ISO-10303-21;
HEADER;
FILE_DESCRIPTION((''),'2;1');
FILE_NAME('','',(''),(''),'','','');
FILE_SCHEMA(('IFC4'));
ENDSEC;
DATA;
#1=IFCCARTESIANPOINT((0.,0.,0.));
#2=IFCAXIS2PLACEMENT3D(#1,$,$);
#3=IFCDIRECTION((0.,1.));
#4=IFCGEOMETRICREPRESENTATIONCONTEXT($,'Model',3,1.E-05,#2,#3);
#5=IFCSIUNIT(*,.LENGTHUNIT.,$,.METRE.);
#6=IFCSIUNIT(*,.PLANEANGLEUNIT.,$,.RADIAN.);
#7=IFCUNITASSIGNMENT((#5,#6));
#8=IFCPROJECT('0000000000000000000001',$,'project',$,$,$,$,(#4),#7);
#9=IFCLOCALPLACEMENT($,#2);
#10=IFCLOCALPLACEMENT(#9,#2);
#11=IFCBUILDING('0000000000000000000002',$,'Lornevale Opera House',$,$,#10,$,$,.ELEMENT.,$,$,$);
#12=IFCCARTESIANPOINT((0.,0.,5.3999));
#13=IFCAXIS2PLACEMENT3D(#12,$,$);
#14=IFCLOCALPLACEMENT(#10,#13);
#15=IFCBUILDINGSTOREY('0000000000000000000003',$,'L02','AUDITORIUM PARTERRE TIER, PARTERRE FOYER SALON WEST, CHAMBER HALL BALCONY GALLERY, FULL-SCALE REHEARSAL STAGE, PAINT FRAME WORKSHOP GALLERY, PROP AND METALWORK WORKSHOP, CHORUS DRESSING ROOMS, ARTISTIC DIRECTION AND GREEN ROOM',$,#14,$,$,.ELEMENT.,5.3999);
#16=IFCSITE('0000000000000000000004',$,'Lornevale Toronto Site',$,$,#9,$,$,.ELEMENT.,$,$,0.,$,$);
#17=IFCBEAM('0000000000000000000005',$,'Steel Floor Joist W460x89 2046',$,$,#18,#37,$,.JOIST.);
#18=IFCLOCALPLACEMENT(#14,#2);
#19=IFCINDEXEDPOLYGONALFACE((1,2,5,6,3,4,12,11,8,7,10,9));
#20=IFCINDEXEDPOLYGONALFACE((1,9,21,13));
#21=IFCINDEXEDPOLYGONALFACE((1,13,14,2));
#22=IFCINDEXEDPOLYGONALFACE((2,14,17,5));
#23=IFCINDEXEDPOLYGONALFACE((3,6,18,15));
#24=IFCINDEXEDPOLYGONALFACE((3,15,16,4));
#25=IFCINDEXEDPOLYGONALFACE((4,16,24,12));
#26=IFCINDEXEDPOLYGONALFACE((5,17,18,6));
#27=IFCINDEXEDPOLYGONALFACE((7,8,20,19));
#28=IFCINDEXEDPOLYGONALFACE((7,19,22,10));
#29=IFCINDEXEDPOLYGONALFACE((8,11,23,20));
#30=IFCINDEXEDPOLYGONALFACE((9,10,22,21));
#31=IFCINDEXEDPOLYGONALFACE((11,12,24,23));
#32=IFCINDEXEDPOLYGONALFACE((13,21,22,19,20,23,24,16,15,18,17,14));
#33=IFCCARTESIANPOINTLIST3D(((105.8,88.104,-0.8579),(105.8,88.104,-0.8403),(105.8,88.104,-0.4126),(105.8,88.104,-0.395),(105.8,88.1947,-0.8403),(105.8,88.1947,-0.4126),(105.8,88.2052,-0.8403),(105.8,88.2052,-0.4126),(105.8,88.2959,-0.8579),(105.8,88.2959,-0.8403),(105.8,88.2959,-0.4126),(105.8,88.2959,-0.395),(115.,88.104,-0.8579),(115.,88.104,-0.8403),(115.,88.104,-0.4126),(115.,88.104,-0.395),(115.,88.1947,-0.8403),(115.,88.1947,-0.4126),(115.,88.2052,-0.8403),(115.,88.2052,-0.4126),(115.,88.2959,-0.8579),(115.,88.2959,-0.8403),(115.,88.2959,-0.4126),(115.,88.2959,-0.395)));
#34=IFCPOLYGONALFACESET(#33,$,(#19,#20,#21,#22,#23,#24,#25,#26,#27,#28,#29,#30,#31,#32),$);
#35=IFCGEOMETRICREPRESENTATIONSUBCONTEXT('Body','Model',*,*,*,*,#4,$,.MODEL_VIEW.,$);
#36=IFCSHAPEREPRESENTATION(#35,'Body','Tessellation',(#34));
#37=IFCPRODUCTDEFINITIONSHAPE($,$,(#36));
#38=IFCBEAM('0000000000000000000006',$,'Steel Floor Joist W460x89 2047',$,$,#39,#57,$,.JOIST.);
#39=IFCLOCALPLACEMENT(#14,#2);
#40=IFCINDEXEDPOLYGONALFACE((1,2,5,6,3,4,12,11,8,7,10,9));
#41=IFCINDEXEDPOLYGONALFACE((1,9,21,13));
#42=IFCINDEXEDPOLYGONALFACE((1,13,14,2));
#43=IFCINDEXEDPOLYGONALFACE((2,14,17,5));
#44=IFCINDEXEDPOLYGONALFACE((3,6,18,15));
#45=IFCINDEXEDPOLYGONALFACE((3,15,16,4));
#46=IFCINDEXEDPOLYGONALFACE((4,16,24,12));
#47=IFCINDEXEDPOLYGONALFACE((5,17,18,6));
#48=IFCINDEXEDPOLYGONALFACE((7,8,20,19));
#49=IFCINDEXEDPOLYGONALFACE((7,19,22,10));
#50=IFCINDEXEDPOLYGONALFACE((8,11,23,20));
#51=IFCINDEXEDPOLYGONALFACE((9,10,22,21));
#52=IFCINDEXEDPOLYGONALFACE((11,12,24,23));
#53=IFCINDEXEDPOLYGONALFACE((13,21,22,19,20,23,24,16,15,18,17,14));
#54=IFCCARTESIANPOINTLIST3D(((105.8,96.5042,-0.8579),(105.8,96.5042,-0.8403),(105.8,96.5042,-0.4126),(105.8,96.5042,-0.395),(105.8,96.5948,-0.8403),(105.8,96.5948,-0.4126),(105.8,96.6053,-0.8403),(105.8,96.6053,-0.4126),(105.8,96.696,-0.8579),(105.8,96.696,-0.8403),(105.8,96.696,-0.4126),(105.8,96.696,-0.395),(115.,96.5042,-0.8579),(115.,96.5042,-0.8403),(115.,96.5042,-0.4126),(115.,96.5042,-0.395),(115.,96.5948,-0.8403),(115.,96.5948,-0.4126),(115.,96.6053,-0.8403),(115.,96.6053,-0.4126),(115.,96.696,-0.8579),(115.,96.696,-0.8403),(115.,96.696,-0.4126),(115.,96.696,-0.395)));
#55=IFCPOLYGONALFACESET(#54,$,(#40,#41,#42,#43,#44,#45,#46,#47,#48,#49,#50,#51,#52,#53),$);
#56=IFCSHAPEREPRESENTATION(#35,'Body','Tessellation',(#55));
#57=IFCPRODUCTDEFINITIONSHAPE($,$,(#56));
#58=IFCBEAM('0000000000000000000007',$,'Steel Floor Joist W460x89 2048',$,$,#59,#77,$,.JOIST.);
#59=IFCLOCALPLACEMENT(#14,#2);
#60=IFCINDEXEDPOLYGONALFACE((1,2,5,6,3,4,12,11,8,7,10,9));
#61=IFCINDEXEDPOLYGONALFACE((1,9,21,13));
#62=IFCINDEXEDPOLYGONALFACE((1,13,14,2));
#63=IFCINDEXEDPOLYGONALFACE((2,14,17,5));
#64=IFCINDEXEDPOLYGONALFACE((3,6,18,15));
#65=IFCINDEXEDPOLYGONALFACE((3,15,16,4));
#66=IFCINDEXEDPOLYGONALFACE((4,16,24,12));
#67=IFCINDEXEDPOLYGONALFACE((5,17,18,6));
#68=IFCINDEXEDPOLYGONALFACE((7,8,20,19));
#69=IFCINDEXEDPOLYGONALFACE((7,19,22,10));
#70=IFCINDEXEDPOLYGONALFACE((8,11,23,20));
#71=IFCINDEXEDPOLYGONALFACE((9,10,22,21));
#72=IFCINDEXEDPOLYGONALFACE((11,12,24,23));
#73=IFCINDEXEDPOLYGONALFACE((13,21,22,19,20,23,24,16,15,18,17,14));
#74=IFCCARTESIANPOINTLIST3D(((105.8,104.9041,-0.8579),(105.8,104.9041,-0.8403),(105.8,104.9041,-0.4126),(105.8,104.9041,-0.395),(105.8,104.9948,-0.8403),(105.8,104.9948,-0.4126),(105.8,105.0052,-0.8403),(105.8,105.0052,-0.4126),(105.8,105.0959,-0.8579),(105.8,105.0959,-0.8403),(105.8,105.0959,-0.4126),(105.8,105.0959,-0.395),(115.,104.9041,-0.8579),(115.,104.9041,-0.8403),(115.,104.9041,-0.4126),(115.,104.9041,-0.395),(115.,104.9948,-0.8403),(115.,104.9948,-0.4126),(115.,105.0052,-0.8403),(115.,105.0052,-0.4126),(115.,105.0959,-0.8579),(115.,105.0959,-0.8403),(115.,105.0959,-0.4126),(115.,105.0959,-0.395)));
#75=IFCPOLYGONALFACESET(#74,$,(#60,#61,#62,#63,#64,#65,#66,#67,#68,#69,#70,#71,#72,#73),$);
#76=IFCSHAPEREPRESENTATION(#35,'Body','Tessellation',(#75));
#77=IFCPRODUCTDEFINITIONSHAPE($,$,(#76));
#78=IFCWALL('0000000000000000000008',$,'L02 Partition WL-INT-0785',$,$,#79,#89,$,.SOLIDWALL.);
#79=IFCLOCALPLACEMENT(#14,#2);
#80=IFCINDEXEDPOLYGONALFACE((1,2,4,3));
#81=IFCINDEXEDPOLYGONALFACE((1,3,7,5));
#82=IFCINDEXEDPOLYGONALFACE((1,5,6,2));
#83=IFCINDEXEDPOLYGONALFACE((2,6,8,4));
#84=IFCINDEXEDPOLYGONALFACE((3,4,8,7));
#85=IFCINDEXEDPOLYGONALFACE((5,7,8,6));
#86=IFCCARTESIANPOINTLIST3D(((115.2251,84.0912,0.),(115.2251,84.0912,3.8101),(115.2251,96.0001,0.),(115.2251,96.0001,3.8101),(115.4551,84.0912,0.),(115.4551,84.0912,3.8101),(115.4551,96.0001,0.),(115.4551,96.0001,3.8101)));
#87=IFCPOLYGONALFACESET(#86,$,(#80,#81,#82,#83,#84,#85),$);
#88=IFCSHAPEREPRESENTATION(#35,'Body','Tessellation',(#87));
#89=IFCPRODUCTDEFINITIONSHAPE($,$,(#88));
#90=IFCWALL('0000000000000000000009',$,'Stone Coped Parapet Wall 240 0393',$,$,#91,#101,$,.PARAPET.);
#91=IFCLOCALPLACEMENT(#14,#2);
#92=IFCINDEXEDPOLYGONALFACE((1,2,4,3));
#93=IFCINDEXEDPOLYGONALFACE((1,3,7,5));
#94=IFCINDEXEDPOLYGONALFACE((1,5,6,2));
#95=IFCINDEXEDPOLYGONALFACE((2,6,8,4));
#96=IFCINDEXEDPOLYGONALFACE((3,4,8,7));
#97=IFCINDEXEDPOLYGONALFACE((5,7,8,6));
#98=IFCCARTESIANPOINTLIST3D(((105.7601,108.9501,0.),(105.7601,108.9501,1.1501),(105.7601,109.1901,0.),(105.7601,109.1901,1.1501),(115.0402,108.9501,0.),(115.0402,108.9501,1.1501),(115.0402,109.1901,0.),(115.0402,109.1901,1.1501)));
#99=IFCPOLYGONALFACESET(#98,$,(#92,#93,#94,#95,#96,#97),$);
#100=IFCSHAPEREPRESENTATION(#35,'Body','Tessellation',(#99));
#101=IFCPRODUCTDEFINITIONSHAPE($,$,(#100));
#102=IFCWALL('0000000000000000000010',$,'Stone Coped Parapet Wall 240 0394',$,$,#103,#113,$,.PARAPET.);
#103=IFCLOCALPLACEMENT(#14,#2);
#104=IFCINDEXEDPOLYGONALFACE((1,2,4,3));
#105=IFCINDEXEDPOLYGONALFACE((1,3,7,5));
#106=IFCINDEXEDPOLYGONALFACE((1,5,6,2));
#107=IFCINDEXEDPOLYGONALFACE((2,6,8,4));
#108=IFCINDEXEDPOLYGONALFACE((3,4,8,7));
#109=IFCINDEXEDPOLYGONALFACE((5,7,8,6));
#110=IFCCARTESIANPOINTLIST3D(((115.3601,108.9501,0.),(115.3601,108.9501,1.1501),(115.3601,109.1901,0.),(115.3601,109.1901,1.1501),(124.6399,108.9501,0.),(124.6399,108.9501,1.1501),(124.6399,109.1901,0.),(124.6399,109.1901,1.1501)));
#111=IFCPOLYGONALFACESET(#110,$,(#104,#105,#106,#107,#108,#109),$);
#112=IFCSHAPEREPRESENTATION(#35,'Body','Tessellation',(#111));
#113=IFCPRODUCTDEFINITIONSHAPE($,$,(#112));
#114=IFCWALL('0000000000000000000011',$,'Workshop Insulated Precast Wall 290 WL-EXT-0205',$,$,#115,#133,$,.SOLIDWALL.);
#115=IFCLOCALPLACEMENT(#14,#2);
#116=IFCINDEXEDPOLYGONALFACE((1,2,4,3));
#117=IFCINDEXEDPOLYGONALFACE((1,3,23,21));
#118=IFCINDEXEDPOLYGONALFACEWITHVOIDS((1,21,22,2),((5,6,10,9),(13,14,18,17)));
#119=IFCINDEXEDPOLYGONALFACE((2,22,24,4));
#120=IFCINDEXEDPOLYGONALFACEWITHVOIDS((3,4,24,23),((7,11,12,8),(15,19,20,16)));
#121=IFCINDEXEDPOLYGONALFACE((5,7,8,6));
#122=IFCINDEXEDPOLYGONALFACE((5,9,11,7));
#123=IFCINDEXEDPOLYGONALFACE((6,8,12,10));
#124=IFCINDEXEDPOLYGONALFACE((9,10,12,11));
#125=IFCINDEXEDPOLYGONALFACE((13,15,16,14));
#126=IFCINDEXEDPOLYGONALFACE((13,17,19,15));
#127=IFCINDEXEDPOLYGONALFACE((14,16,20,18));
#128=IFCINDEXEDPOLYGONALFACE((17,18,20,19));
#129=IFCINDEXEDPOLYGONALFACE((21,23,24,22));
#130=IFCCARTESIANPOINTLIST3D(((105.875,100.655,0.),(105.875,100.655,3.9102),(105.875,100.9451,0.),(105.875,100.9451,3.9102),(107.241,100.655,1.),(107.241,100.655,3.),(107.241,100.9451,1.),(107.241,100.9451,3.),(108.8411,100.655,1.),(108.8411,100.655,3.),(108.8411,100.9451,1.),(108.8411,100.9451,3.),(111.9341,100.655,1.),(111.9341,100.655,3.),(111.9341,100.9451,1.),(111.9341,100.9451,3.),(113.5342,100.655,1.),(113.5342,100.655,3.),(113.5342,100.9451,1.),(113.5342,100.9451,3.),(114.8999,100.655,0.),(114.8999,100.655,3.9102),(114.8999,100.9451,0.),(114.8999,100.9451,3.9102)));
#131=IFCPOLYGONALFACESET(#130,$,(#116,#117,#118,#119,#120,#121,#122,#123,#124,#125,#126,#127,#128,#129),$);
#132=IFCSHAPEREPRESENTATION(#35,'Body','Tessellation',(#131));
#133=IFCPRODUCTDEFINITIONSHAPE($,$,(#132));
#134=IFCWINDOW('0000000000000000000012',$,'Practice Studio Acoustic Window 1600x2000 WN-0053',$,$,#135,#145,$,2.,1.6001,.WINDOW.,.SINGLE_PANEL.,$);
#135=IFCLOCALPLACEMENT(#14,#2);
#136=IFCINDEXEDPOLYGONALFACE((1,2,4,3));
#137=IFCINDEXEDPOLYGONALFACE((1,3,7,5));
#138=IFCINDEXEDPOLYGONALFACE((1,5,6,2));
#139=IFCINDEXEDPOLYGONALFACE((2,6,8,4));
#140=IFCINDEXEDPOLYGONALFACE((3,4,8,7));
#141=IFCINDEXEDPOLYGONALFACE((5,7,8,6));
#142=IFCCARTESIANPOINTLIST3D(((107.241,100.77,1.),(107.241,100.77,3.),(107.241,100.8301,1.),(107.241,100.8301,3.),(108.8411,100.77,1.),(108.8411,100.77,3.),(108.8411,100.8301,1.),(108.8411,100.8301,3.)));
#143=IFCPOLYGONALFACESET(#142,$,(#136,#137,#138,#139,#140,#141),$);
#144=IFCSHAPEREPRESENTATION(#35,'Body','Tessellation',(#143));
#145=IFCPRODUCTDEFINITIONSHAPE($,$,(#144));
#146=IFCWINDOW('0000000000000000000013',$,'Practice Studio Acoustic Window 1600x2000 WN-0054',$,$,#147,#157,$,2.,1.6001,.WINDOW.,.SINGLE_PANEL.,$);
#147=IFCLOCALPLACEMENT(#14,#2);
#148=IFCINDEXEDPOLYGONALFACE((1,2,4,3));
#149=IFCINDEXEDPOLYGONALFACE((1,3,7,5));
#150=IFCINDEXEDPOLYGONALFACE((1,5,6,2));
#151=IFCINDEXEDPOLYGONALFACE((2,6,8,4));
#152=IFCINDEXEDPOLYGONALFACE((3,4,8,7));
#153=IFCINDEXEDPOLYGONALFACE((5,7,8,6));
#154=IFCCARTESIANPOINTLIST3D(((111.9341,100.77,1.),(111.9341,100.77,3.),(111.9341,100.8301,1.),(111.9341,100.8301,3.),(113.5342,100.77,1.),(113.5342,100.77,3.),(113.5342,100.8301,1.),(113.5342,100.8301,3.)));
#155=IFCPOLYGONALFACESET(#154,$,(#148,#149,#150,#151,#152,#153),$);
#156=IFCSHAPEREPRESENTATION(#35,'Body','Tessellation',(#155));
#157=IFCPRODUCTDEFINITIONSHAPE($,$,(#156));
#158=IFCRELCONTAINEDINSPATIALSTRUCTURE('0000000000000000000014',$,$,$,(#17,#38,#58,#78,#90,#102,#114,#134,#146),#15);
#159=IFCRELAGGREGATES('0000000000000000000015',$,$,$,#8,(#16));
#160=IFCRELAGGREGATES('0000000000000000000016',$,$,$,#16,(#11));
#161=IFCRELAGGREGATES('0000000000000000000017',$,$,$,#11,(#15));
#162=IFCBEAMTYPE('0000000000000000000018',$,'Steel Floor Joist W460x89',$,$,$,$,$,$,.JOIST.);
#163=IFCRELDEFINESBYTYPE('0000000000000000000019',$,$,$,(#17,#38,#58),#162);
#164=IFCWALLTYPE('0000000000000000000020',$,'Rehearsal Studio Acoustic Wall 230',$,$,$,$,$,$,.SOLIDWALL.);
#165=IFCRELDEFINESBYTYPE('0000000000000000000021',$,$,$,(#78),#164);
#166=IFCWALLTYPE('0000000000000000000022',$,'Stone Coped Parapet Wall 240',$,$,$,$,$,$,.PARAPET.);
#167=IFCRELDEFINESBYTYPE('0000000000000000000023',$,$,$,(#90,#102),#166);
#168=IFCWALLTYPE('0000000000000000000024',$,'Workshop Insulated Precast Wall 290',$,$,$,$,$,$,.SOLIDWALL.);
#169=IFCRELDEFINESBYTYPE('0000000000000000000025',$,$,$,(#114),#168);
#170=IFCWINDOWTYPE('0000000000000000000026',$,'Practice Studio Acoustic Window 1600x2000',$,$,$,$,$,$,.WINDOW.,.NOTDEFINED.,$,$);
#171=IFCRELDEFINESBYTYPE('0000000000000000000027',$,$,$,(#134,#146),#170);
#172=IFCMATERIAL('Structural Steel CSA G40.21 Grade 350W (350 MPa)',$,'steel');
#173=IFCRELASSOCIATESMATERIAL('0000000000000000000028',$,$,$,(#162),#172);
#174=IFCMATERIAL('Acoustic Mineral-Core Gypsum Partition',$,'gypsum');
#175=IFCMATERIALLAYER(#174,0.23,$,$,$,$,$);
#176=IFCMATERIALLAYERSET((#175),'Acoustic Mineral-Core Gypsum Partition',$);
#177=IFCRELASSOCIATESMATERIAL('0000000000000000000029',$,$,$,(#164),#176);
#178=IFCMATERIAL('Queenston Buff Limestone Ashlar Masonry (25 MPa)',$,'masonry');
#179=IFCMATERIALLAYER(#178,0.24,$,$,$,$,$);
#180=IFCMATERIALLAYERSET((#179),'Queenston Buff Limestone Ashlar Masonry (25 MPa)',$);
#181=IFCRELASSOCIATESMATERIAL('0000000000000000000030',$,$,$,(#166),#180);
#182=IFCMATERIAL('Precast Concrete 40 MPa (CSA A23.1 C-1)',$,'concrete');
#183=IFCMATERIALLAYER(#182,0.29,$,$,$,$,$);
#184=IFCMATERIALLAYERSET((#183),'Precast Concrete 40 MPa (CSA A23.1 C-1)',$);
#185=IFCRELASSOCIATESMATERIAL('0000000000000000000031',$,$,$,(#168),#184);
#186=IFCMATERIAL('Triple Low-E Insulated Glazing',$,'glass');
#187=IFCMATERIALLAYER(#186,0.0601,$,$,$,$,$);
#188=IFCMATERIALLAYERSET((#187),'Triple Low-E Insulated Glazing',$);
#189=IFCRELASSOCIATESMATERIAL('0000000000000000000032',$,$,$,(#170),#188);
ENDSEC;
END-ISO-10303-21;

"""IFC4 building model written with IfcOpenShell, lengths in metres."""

from ifc_helpers import new_model, si_unit, direction, frame, frame_2d, origin, origin_2d, place, context, subcontext, project, spatial, rectangle, i_section, extrude, material, layer, layer_set, material_profile, profile_set, type_object, element, fill, save


model = new_model("IFC4")

# Units and contexts
model_context = context("Model", 3, precision=1e-05, world=origin(), true_north=direction((0.0, 1.0)))
body_context = subcontext(model_context, "Body", "Model", "MODEL_VIEW")
ifc_project = project(units=[si_unit("LENGTHUNIT", "METRE"), si_unit("PLANEANGLEUNIT", "RADIAN")], contexts=[model_context])

# Site, building, storey
site_placement = place(None, origin())
site = spatial("IfcSite", under=ifc_project, at=site_placement, Name="Lornevale Toronto Site", CompositionType="ELEMENT", RefElevation=0.0)
building_placement = place(site_placement, origin())
building = spatial("IfcBuilding", under=site, at=building_placement, Name="Lornevale Opera House", CompositionType="ELEMENT")
storey_placement = place(building_placement, frame((0.0, 0.0, 5.3999)))
storey = spatial("IfcBuildingStorey", under=building, at=storey_placement, Name="L02", Description="AUDITORIUM PARTERRE TIER, PARTERRE FOYER SALON WEST, CHAMBER HALL BALCONY GALLERY, FULL-SCALE REHEARSAL STAGE, PAINT FRAME WORKSHOP GALLERY, PROP AND METALWORK WORKSHOP, CHORUS DRESSING ROOMS, ARTISTIC DIRECTION AND GREEN ROOM", CompositionType="ELEMENT", Elevation=5.3999)

# Beams
ifc_material_1 = material(Name="Structural Steel CSA G40.21 Grade 350W (350 MPa)", Category="steel")
ifc_material_profile_1 = material_profile(ifc_material_1, i_section(OverallWidth=0.1919, OverallDepth=0.4629, WebThickness=0.0105, FlangeThickness=0.0176, at=origin_2d()), Name="W460x89")
ifc_profile_set_1 = profile_set([ifc_material_profile_1], Name="Structural Steel CSA G40.21 Grade 350W (350 MPa)")
beam_type_1 = type_object("IfcBeamType", Name="Steel Floor Joist W460x89", PredefinedType="JOIST", material=ifc_profile_set_1)
for number, where, z_axis, x_axis, name in (
    (1, (105.8, 88.2, -0.6265), (1.0, 0.0, 0.0), (0.0, 1.0, 0.0), "Steel Floor Joist W460x89 2046"),
    (2, (105.8, 96.6001, -0.6265), (1.0, 0.0, 0.0), (0.0, 1.0, 0.0), "Steel Floor Joist W460x89 2047"),
    (3, (105.8, 105.0, -0.6265), (1.0, 0.0, 0.0), (0.0, 1.0, 0.0), "Steel Floor Joist W460x89 2048"),
):
    element("IfcBeam", number, at=place(storey_placement, frame(where, z_axis=z_axis, x_axis=x_axis)), inside=storey, type_object=beam_type_1, Name=name, PredefinedType="JOIST", context=body_context, shape_type="SweptSolid", body=[
        extrude(i_section(OverallWidth=0.1919, OverallDepth=0.4629, WebThickness=0.0105, FlangeThickness=0.0176, at=origin_2d()), origin(), (0.0, 0.0, 1.0), 9.2),
    ])

# Walls
ifc_material_2 = material(Name="Acoustic Mineral-Core Gypsum Partition", Category="gypsum")
ifc_layer_1 = layer(ifc_material_2, 0.23)
ifc_layer_set_1 = layer_set([ifc_layer_1], Name="Acoustic Mineral-Core Gypsum Partition")
wall_type_1 = type_object("IfcWallType", Name="Rehearsal Studio Acoustic Wall 230", PredefinedType="SOLIDWALL", material=ifc_layer_set_1)
wall_1_placement = place(storey_placement, frame((115.3401, 84.0911, 0.0), z_axis=(0.0, 0.0, 1.0), x_axis=(0.0, 1.0, 0.0)))
element("IfcWall", 4, at=wall_1_placement, inside=storey, type_object=wall_type_1, Name="L02 Partition WL-INT-0785", PredefinedType="SOLIDWALL", context=body_context, shape_type="SweptSolid", body=[
    extrude(rectangle(XDim=11.9089, YDim=0.23, at=frame_2d((5.9546, 0.0))), origin(), (0.0, 0.0, 1.0), 3.8101),
])
ifc_material_3 = material(Name="Queenston Buff Limestone Ashlar Masonry (25 MPa)", Category="masonry")
ifc_layer_2 = layer(ifc_material_3, 0.24)
ifc_layer_set_2 = layer_set([ifc_layer_2], Name="Queenston Buff Limestone Ashlar Masonry (25 MPa)")
wall_type_2 = type_object("IfcWallType", Name="Stone Coped Parapet Wall 240", PredefinedType="PARAPET", material=ifc_layer_set_2)
wall_2_placement = place(storey_placement, frame((105.76, 109.0701, 0.0), z_axis=(0.0, 0.0, 1.0), x_axis=(1.0, 0.0, 0.0)))
element("IfcWall", 5, at=wall_2_placement, inside=storey, type_object=wall_type_2, Name="Stone Coped Parapet Wall 240 0393", PredefinedType="PARAPET", context=body_context, shape_type="SweptSolid", body=[
    extrude(rectangle(XDim=9.28, YDim=0.24, at=frame_2d((4.6401, 0.0))), origin(), (0.0, 0.0, 1.0), 1.1501),
])
wall_3_placement = place(storey_placement, frame((115.3601, 109.0701, 0.0), z_axis=(0.0, 0.0, 1.0), x_axis=(1.0, 0.0, 0.0)))
element("IfcWall", 6, at=wall_3_placement, inside=storey, type_object=wall_type_2, Name="Stone Coped Parapet Wall 240 0394", PredefinedType="PARAPET", context=body_context, shape_type="SweptSolid", body=[
    extrude(rectangle(XDim=9.2798, YDim=0.24, at=frame_2d((4.6399, 0.0))), origin(), (0.0, 0.0, 1.0), 1.1501),
])

# Wall, openings, windows
ifc_material_4 = material(Name="Precast Concrete 40 MPa (CSA A23.1 C-1)", Category="concrete")
ifc_layer_3 = layer(ifc_material_4, 0.29)
ifc_layer_set_3 = layer_set([ifc_layer_3], Name="Precast Concrete 40 MPa (CSA A23.1 C-1)")
wall_type_3 = type_object("IfcWallType", Name="Workshop Insulated Precast Wall 290", PredefinedType="SOLIDWALL", material=ifc_layer_set_3)
wall_4_placement = place(storey_placement, frame((105.875, 100.8, 0.0), z_axis=(0.0, 0.0, 1.0), x_axis=(1.0, 0.0, 0.0)))
wall_4 = element("IfcWall", 7, at=wall_4_placement, inside=storey, type_object=wall_type_3, Name="Workshop Insulated Precast Wall 290 WL-EXT-0205", PredefinedType="SOLIDWALL", context=body_context, shape_type="SweptSolid", body=[
    extrude(rectangle(XDim=9.0249, YDim=0.29, at=frame_2d((4.5125, 0.0))), origin(), (0.0, 0.0, 1.0), 3.9102),
])
opening_1_placement = place(wall_4_placement, frame((1.366, 0.0, 1.0)))
opening_1 = element("IfcOpeningElement", 8, at=opening_1_placement, cuts=wall_4, PredefinedType="OPENING", context=body_context, shape_type="SweptSolid", body=[
    extrude(rectangle(XDim=1.6001, YDim=2.0, at=frame_2d((0.8, 1.0))), frame((0.0, 0.155, 0.0), z_axis=(0.0, -1.0, 0.0), x_axis=(1.0, 0.0, 0.0)), (0.0, 0.0, 1.0), 0.3101),
])
opening_2_placement = place(wall_4_placement, frame((6.0591, 0.0, 1.0)))
opening_2 = element("IfcOpeningElement", 9, at=opening_2_placement, cuts=wall_4, PredefinedType="OPENING", context=body_context, shape_type="SweptSolid", body=[
    extrude(rectangle(XDim=1.6001, YDim=2.0, at=frame_2d((0.8, 1.0))), frame((0.0, 0.155, 0.0), z_axis=(0.0, -1.0, 0.0), x_axis=(1.0, 0.0, 0.0)), (0.0, 0.0, 1.0), 0.3101),
])
ifc_material_5 = material(Name="Triple Low-E Insulated Glazing", Category="glass")
ifc_layer_4 = layer(ifc_material_5, 0.0601)
ifc_layer_set_4 = layer_set([ifc_layer_4], Name="Triple Low-E Insulated Glazing")
window_type = type_object("IfcWindowType", Name="Practice Studio Acoustic Window 1600x2000", PartitioningType="NOTDEFINED", PredefinedType="WINDOW", material=ifc_layer_set_4)
window_1_placement = place(opening_1_placement, origin())
window_1 = element("IfcWindow", 10, at=window_1_placement, inside=storey, type_object=window_type, Name="Practice Studio Acoustic Window 1600x2000 WN-0053", OverallHeight=2.0, OverallWidth=1.6001, PartitioningType="SINGLE_PANEL", PredefinedType="WINDOW", context=body_context, shape_type="SweptSolid", body=[
    extrude(rectangle(XDim=1.6001, YDim=2.0, at=frame_2d((0.8, 1.0))), frame((0.0, 0.03, 0.0), z_axis=(0.0, -1.0, 0.0), x_axis=(1.0, 0.0, 0.0)), (0.0, 0.0, 1.0), 0.0601),
])
fill(opening_1, window_1)
window_2_placement = place(opening_2_placement, origin())
window_2 = element("IfcWindow", 11, at=window_2_placement, inside=storey, type_object=window_type, Name="Practice Studio Acoustic Window 1600x2000 WN-0054", OverallHeight=2.0, OverallWidth=1.6001, PartitioningType="SINGLE_PANEL", PredefinedType="WINDOW", context=body_context, shape_type="SweptSolid", body=[
    extrude(rectangle(XDim=1.6001, YDim=2.0, at=frame_2d((0.8, 1.0))), frame((0.0, 0.03, 0.0), z_axis=(0.0, -1.0, 0.0), x_axis=(1.0, 0.0, 0.0)), (0.0, 0.0, 1.0), 0.0601),
])
fill(opening_2, window_2)

save(model, "model.ifc")
